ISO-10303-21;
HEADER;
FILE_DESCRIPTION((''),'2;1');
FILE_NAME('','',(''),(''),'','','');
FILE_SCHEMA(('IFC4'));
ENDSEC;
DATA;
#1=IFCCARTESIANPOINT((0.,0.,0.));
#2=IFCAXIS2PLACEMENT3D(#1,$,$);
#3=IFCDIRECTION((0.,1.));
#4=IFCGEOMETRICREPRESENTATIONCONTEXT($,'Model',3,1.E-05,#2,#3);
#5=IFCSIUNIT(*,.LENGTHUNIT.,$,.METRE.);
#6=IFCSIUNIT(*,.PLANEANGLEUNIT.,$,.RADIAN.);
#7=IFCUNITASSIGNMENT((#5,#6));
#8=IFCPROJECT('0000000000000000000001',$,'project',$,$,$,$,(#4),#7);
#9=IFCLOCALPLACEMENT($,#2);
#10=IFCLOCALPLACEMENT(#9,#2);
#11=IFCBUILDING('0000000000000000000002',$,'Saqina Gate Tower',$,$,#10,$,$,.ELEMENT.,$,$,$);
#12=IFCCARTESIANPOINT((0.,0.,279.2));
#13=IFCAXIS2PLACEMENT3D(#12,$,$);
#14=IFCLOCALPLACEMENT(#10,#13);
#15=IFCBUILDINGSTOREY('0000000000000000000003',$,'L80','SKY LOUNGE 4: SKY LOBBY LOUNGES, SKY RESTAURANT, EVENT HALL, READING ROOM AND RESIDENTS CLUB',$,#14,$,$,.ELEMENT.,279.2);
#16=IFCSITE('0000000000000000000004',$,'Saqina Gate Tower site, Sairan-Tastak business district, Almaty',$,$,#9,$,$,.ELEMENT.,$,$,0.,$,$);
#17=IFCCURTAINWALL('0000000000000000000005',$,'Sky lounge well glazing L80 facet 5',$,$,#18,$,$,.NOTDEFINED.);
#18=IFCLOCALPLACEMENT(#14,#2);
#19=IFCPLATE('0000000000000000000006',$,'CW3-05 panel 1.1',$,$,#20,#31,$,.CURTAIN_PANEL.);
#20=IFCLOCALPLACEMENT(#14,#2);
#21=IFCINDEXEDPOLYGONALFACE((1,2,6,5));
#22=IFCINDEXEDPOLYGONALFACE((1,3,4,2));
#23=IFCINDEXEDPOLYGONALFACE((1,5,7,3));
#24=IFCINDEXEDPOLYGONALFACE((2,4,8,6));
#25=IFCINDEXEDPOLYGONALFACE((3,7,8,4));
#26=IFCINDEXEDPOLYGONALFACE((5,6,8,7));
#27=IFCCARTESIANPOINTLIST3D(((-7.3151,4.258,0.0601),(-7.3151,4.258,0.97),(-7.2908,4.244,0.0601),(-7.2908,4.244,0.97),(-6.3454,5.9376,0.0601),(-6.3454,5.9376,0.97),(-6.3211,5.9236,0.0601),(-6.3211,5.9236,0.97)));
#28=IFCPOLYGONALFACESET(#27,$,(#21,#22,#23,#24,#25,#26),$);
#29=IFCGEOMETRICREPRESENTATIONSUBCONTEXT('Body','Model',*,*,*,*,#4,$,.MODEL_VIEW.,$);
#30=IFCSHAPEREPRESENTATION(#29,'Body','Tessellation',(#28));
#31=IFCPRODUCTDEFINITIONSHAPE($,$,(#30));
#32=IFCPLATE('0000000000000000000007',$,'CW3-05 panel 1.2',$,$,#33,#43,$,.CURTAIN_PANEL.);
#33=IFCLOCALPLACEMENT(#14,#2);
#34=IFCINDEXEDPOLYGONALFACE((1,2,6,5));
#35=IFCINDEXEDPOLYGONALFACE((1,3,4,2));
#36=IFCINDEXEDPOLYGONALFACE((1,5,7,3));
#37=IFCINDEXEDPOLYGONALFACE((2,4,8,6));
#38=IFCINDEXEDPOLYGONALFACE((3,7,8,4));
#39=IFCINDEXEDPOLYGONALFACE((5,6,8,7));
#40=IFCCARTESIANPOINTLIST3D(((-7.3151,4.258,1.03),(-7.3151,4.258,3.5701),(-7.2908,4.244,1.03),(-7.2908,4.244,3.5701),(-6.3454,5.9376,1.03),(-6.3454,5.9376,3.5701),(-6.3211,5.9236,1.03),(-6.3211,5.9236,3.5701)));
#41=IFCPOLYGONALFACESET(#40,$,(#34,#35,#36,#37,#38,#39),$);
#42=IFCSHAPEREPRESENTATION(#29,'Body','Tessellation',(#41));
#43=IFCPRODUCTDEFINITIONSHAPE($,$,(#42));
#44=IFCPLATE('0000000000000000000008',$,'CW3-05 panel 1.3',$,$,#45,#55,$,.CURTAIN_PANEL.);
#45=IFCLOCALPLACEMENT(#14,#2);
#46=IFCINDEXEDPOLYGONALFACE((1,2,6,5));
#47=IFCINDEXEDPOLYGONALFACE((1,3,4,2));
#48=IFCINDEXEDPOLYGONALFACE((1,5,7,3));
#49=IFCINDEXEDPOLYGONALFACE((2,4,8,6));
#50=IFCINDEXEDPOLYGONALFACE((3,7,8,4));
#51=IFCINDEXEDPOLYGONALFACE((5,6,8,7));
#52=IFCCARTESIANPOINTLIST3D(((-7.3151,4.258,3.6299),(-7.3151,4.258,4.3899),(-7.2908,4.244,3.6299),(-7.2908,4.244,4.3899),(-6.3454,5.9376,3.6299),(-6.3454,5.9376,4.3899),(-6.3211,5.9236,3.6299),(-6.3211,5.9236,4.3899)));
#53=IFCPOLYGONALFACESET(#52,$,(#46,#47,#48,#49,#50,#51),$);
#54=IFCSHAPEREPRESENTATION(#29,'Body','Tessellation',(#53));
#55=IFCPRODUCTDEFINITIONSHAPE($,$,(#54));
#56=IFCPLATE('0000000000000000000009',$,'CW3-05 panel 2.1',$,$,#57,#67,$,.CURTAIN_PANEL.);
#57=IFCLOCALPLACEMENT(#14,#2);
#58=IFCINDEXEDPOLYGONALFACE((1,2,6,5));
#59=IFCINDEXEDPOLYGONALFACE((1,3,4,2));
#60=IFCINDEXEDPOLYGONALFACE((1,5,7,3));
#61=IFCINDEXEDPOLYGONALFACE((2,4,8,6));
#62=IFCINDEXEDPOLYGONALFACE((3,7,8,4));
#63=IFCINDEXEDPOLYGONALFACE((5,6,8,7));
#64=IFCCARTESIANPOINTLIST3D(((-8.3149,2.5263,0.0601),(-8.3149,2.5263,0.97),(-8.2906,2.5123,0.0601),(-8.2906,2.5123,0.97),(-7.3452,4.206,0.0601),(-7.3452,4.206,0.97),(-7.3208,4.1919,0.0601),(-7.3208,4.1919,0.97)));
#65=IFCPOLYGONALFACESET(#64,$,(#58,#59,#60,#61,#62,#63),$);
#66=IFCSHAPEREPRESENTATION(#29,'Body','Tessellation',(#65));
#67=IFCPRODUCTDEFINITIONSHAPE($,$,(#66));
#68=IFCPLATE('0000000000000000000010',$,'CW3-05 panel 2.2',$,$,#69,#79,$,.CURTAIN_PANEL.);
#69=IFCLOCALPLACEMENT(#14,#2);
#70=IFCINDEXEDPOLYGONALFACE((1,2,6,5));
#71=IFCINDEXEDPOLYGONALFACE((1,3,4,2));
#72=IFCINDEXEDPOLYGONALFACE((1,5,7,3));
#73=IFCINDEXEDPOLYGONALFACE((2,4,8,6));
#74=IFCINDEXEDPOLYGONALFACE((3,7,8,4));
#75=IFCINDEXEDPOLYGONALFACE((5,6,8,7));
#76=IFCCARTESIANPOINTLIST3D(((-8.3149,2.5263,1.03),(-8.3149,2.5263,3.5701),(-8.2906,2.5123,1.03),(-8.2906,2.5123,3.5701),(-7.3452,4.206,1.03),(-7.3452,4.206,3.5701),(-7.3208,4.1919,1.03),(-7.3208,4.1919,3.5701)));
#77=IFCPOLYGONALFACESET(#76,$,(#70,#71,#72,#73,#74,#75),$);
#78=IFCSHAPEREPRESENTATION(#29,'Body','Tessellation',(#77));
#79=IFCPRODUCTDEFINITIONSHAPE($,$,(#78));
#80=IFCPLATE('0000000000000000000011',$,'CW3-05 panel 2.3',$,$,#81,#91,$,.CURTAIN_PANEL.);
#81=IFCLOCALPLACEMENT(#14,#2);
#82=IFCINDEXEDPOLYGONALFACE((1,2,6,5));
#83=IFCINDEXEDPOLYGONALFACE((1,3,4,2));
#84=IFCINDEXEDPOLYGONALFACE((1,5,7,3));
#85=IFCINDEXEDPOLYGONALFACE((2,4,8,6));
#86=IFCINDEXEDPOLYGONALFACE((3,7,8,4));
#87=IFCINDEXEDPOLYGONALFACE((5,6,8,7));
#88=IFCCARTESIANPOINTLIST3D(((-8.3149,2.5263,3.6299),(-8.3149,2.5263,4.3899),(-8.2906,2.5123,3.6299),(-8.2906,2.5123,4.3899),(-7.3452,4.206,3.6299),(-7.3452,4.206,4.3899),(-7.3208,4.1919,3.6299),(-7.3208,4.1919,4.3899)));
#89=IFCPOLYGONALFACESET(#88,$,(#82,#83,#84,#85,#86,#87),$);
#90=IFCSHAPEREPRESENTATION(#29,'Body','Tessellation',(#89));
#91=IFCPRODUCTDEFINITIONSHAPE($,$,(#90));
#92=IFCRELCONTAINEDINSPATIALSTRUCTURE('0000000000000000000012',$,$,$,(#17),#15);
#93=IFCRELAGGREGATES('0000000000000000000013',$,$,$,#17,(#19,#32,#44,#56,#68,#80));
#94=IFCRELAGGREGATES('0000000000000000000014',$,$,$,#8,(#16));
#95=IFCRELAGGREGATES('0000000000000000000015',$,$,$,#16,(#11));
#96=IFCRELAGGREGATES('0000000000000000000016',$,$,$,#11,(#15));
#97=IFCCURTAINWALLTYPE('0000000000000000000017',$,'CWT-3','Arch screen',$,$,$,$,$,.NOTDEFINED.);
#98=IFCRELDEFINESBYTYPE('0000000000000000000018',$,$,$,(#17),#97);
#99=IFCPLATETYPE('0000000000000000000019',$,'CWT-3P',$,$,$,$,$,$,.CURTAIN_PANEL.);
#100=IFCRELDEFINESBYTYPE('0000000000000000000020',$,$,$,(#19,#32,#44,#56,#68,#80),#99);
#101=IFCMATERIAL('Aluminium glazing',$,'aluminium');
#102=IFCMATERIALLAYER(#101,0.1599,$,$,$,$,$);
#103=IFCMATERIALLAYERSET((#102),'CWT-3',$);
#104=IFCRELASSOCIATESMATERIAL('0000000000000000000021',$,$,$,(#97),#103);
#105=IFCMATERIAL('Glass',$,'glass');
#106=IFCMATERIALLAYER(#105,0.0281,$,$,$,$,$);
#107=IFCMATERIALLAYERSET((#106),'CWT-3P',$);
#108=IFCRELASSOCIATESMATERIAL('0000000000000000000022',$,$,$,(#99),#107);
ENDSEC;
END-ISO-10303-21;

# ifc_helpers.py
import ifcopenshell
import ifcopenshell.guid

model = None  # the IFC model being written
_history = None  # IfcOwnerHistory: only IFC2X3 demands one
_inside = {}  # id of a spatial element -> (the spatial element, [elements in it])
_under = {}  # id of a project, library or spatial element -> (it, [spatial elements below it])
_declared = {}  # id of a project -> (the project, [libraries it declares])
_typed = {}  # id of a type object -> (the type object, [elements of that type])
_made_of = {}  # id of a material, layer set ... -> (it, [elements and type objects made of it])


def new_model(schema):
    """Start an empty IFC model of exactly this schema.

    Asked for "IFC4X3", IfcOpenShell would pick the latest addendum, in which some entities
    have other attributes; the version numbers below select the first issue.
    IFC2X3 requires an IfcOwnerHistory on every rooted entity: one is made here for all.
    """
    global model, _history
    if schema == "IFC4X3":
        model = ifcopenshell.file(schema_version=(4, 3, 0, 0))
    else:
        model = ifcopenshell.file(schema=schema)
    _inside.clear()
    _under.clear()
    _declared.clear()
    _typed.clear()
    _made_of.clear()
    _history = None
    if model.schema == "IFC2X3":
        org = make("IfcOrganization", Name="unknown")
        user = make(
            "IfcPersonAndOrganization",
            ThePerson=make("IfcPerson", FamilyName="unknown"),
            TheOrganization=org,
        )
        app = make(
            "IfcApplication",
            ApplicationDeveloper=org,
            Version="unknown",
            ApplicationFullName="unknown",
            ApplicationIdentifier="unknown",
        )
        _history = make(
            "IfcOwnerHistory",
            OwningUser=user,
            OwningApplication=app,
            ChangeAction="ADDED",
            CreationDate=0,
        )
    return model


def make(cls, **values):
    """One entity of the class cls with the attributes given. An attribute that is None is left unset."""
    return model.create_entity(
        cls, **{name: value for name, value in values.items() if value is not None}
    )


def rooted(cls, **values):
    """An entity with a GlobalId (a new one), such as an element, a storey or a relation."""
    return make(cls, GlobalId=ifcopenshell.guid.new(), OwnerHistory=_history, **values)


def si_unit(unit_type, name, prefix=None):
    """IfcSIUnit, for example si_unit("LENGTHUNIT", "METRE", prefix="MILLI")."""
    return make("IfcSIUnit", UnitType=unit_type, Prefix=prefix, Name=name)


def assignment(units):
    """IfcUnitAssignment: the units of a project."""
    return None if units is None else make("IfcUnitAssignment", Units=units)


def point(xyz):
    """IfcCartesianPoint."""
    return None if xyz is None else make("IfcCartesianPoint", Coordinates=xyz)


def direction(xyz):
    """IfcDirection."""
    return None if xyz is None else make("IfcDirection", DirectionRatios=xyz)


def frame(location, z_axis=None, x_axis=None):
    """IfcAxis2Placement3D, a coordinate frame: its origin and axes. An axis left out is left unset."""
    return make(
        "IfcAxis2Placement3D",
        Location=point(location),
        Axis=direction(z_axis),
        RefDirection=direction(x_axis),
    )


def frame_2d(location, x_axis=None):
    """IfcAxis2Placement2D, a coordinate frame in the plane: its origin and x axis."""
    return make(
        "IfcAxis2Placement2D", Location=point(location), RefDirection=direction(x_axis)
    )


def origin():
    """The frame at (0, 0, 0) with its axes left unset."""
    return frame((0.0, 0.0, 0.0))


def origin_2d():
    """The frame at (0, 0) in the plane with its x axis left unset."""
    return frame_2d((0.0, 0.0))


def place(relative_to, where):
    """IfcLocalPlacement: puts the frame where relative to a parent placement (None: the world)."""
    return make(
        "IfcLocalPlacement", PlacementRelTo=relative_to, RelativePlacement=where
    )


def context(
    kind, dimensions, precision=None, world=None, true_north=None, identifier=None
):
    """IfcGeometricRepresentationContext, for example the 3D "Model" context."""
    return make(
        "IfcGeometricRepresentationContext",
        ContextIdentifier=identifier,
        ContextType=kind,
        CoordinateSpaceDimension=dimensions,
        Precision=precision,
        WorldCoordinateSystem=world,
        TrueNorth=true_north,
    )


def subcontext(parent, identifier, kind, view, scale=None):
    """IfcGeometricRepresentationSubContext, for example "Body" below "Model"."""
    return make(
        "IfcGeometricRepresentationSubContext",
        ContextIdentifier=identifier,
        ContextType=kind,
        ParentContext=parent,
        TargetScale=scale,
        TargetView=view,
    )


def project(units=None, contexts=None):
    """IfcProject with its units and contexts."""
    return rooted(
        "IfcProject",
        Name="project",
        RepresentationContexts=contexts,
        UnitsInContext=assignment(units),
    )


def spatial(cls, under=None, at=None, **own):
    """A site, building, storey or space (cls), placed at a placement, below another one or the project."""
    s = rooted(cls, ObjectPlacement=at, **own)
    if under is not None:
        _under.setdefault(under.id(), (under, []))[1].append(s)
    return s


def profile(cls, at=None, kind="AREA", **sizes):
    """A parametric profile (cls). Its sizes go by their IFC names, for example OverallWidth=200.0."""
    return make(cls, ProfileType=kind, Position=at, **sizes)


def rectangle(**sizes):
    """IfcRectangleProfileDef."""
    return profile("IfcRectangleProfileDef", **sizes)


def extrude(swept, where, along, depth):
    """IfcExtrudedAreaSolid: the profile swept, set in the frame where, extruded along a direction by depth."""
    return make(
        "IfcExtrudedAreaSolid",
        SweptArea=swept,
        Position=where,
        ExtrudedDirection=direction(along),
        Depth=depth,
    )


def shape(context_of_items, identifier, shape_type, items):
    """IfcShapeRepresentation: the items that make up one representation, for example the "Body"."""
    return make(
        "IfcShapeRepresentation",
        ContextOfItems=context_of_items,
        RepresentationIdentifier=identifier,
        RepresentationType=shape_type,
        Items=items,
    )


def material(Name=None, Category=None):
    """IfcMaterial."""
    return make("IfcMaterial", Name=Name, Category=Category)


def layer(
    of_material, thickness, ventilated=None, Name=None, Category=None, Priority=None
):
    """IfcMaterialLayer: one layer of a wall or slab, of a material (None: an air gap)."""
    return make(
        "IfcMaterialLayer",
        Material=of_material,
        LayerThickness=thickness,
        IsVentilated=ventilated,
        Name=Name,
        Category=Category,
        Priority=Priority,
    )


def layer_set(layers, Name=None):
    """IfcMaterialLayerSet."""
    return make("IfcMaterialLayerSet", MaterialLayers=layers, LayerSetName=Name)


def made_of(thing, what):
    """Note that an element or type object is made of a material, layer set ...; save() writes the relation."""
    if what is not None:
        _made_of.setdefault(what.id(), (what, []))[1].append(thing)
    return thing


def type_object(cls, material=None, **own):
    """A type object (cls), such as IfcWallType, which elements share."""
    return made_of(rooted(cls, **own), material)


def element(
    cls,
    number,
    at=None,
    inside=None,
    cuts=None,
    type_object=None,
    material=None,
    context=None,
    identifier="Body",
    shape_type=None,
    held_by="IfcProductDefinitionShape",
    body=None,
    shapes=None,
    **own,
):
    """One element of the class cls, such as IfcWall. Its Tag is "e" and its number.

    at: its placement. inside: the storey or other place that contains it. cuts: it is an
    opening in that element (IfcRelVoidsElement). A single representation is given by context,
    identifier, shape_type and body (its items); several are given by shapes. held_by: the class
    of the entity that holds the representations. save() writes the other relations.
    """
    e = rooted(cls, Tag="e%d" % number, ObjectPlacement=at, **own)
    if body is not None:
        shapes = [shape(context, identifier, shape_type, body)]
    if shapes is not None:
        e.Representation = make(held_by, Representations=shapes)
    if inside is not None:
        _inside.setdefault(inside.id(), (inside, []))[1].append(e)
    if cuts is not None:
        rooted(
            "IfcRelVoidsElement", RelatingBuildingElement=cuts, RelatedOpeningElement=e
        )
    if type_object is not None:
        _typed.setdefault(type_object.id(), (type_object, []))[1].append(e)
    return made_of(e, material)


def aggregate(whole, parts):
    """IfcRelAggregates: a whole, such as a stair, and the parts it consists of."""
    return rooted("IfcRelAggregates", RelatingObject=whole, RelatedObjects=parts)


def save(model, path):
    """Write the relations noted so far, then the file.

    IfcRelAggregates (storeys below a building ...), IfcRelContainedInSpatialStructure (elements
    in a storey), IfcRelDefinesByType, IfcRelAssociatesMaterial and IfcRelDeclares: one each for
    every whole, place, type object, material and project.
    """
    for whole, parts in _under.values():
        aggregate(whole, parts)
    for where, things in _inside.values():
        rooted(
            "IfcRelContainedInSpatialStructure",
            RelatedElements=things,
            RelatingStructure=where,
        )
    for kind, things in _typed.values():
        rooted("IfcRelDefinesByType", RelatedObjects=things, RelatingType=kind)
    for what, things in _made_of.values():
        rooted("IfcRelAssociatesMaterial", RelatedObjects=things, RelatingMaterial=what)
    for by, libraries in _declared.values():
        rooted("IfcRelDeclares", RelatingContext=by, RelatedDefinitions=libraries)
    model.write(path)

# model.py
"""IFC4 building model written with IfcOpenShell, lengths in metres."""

from ifc_helpers import new_model, si_unit, direction, frame, origin, origin_2d, place, context, subcontext, project, spatial, rectangle, extrude, material, layer, layer_set, type_object, element, aggregate, save


model = new_model("IFC4")

# Units and contexts
model_context = context("Model", 3, precision=1e-05, world=origin(), true_north=direction((0.0, 1.0)))
body_context = subcontext(model_context, "Body", "Model", "MODEL_VIEW")
ifc_project = project(units=[si_unit("LENGTHUNIT", "METRE"), si_unit("PLANEANGLEUNIT", "RADIAN")], contexts=[model_context])

# Site, building, storey
site_placement = place(None, origin())
site = spatial("IfcSite", under=ifc_project, at=site_placement, Name="Saqina Gate Tower site, Sairan-Tastak business district, Almaty", CompositionType="ELEMENT", RefElevation=0.0)
building_placement = place(site_placement, origin())
building = spatial("IfcBuilding", under=site, at=building_placement, Name="Saqina Gate Tower", CompositionType="ELEMENT")
storey_placement = place(building_placement, frame((0.0, 0.0, 279.2)))
storey = spatial("IfcBuildingStorey", under=building, at=storey_placement, Name="L80", Description="SKY LOUNGE 4: SKY LOBBY LOUNGES, SKY RESTAURANT, EVENT HALL, READING ROOM AND RESIDENTS CLUB", CompositionType="ELEMENT", Elevation=279.2)

# Curtain wall
ifc_material_1 = material(Name="Aluminium glazing", Category="aluminium")
ifc_layer_1 = layer(ifc_material_1, 0.1599)
ifc_layer_set_1 = layer_set([ifc_layer_1], Name="CWT-3")
curtain_wall_type = type_object("IfcCurtainWallType", Name="CWT-3", Description="Arch screen", PredefinedType="NOTDEFINED", material=ifc_layer_set_1)
curtain_wall_1_placement = place(storey_placement, origin())
curtain_wall_1 = element("IfcCurtainWall", 1, at=curtain_wall_1_placement, inside=storey, type_object=curtain_wall_type, Name="Sky lounge well glazing L80 facet 5", PredefinedType="NOTDEFINED")

# Plates
ifc_material_2 = material(Name="Glass", Category="glass")
ifc_layer_2 = layer(ifc_material_2, 0.0281)
ifc_layer_set_2 = layer_set([ifc_layer_2], Name="CWT-3P")
plate_type = type_object("IfcPlateType", Name="CWT-3P", PredefinedType="CURTAIN_PANEL", material=ifc_layer_set_2)
plate_1_placement = place(storey_placement, frame((-6.8181, 5.0908, 0.0601), z_axis=(0.0, 0.0, 1.0), x_axis=(-0.500003, -0.866024, 0.0)))
plate_1 = element("IfcPlate", 2, at=plate_1_placement, type_object=plate_type, Name="CW3-05 panel 1.1", PredefinedType="CURTAIN_PANEL", context=body_context, shape_type="SweptSolid", body=[
    extrude(rectangle(XDim=1.9395, YDim=0.0281, at=origin_2d()), origin(), (0.0, 0.0, 1.0), 0.9099),
])
plate_2_placement = place(storey_placement, frame((-6.8181, 5.0908, 1.03), z_axis=(0.0, 0.0, 1.0), x_axis=(-0.500003, -0.866024, 0.0)))
plate_2 = element("IfcPlate", 3, at=plate_2_placement, type_object=plate_type, Name="CW3-05 panel 1.2", PredefinedType="CURTAIN_PANEL", context=body_context, shape_type="SweptSolid", body=[
    extrude(rectangle(XDim=1.9395, YDim=0.0281, at=origin_2d()), origin(), (0.0, 0.0, 1.0), 2.54),
])
plate_3_placement = place(storey_placement, frame((-6.8181, 5.0908, 3.6299), z_axis=(0.0, 0.0, 1.0), x_axis=(-0.500003, -0.866024, 0.0)))
plate_3 = element("IfcPlate", 4, at=plate_3_placement, type_object=plate_type, Name="CW3-05 panel 1.3", PredefinedType="CURTAIN_PANEL", context=body_context, shape_type="SweptSolid", body=[
    extrude(rectangle(XDim=1.9395, YDim=0.0281, at=origin_2d()), origin(), (0.0, 0.0, 1.0), 0.76),
])
plate_4_placement = place(storey_placement, frame((-7.8179, 3.3591, 0.0601), z_axis=(0.0, 0.0, 1.0), x_axis=(-0.500003, -0.866024, 0.0)))
plate_4 = element("IfcPlate", 5, at=plate_4_placement, type_object=plate_type, Name="CW3-05 panel 2.1", PredefinedType="CURTAIN_PANEL", context=body_context, shape_type="SweptSolid", body=[
    extrude(rectangle(XDim=1.9395, YDim=0.0281, at=origin_2d()), origin(), (0.0, 0.0, 1.0), 0.9099),
])
plate_5_placement = place(storey_placement, frame((-7.8179, 3.3591, 1.03), z_axis=(0.0, 0.0, 1.0), x_axis=(-0.500003, -0.866024, 0.0)))
plate_5 = element("IfcPlate", 6, at=plate_5_placement, type_object=plate_type, Name="CW3-05 panel 2.2", PredefinedType="CURTAIN_PANEL", context=body_context, shape_type="SweptSolid", body=[
    extrude(rectangle(XDim=1.9395, YDim=0.0281, at=origin_2d()), origin(), (0.0, 0.0, 1.0), 2.54),
])
plate_6_placement = place(storey_placement, frame((-7.8179, 3.3591, 3.6299), z_axis=(0.0, 0.0, 1.0), x_axis=(-0.500003, -0.866024, 0.0)))
plate_6 = element("IfcPlate", 7, at=plate_6_placement, type_object=plate_type, Name="CW3-05 panel 2.3", PredefinedType="CURTAIN_PANEL", context=body_context, shape_type="SweptSolid", body=[
    extrude(rectangle(XDim=1.9395, YDim=0.0281, at=origin_2d()), origin(), (0.0, 0.0, 1.0), 0.76),
])
aggregate(curtain_wall_1, [plate_1, plate_2, plate_3, plate_4, plate_5, plate_6])

save(model, "model.ifc")
